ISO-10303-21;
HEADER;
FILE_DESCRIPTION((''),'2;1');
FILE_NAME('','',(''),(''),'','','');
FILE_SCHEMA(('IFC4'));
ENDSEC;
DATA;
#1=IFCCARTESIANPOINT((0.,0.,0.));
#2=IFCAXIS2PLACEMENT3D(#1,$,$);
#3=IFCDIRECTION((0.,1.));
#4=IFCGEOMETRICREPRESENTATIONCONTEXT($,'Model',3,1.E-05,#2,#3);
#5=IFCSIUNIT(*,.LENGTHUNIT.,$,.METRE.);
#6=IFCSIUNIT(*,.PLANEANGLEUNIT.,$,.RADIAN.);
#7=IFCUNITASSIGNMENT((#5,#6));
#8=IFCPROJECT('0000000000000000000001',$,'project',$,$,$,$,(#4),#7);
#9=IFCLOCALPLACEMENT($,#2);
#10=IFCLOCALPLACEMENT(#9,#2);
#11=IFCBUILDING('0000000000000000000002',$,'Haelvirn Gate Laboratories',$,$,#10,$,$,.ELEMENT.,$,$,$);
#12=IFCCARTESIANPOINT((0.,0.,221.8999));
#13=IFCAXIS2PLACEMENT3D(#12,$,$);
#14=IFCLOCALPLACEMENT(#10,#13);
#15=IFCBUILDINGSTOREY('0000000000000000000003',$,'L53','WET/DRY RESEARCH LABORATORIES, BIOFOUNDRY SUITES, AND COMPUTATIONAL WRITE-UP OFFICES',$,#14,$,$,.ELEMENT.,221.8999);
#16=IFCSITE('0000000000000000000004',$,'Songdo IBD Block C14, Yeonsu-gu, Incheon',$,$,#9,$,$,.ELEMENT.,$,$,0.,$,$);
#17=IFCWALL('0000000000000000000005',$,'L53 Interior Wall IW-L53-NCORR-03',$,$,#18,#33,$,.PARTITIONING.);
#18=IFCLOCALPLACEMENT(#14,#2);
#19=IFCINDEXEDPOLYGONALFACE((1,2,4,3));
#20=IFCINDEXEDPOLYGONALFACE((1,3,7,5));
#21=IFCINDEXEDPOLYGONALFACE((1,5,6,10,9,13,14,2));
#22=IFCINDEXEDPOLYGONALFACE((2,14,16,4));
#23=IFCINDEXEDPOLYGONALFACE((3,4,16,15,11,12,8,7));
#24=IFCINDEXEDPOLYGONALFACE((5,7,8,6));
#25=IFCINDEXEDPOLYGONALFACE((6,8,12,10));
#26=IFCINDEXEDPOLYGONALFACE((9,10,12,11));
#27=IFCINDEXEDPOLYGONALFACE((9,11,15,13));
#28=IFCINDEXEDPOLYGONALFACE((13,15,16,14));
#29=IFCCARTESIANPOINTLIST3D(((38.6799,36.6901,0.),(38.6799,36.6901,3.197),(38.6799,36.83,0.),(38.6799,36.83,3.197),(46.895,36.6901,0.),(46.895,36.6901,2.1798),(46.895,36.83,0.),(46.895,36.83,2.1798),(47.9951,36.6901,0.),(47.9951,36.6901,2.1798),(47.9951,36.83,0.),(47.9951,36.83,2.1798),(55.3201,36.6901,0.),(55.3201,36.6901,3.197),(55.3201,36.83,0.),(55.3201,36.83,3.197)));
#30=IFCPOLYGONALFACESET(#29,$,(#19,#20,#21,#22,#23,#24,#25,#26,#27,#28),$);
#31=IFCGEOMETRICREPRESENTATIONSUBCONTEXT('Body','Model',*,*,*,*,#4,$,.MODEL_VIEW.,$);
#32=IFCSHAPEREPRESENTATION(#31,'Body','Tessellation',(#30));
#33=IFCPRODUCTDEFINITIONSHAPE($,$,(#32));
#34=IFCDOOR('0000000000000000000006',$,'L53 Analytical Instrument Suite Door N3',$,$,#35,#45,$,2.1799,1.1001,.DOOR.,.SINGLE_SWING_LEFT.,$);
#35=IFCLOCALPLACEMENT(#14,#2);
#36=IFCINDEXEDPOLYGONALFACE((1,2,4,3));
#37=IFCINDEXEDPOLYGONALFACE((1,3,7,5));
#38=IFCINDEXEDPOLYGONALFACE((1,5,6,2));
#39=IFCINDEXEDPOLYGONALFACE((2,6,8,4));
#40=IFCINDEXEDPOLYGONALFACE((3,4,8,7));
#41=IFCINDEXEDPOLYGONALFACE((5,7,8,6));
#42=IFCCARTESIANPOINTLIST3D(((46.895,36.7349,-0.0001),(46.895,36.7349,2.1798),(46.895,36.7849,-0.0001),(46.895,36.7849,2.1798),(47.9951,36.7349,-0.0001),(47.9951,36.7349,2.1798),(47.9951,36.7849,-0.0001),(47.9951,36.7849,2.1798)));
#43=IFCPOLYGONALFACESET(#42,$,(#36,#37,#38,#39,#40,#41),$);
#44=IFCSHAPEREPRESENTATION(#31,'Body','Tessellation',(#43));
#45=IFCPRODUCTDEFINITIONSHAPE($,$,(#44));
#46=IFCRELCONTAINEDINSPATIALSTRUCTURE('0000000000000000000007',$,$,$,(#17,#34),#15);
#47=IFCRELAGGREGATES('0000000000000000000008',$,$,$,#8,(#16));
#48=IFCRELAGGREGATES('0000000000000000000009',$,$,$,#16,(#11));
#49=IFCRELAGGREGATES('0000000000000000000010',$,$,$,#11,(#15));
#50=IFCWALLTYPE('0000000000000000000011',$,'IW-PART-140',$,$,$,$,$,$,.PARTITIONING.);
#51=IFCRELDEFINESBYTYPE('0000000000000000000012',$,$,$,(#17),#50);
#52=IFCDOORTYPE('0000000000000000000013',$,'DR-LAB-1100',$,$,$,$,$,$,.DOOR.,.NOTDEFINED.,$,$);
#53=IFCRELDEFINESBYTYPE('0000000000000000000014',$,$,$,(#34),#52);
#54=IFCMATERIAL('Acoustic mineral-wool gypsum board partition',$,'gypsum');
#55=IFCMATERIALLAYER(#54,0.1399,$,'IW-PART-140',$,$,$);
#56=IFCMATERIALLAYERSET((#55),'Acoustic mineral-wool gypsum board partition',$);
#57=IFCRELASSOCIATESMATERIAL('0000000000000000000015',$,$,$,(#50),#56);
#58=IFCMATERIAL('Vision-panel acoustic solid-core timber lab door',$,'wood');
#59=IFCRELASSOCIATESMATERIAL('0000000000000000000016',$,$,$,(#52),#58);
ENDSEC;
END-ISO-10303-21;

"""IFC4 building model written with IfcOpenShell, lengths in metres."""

from ifc_helpers import new_model, si_unit, direction, frame, frame_2d, origin, place, context, subcontext, project, spatial, rectangle, extrude, source, transform, mapped, material, layer, layer_set, type_object, type_shapes, element, fill, save


model = new_model("IFC4")

# Units and contexts
model_context = context("Model", 3, precision=1e-05, world=origin(), true_north=direction((0.0, 1.0)))
body_context = subcontext(model_context, "Body", "Model", "MODEL_VIEW")
ifc_project = project(units=[si_unit("LENGTHUNIT", "METRE"), si_unit("PLANEANGLEUNIT", "RADIAN")], contexts=[model_context])

# Site, building, storey
site_placement = place(None, origin())
site = spatial("IfcSite", under=ifc_project, at=site_placement, Name="Songdo IBD Block C14, Yeonsu-gu, Incheon", CompositionType="ELEMENT", RefElevation=0.0)
building_placement = place(site_placement, origin())
building = spatial("IfcBuilding", under=site, at=building_placement, Name="Haelvirn Gate Laboratories", CompositionType="ELEMENT")
storey_placement = place(building_placement, frame((0.0, 0.0, 221.8999)))
storey = spatial("IfcBuildingStorey", under=building, at=storey_placement, Name="L53", Description="WET/DRY RESEARCH LABORATORIES, BIOFOUNDRY SUITES, AND COMPUTATIONAL WRITE-UP OFFICES", CompositionType="ELEMENT", Elevation=221.8999)

# Wall, opening, door
ifc_material_1 = material(Name="Acoustic mineral-wool gypsum board partition", Category="gypsum")
ifc_layer_1 = layer(ifc_material_1, 0.1399, Name="IW-PART-140")
ifc_layer_set_1 = layer_set([ifc_layer_1], Name="Acoustic mineral-wool gypsum board partition")
wall_type_1 = type_object("IfcWallType", Name="IW-PART-140", PredefinedType="PARTITIONING", material=ifc_layer_set_1)
wall_1_placement = place(storey_placement, frame((38.6799, 36.76, 0.0), z_axis=(0.0, 0.0, 1.0), x_axis=(1.0, 0.0, 0.0)))
wall_1 = element("IfcWall", 1, at=wall_1_placement, inside=storey, type_object=wall_type_1, Name="L53 Interior Wall IW-L53-NCORR-03", PredefinedType="PARTITIONING", context=body_context, shape_type="SweptSolid", body=[
    extrude(rectangle(XDim=16.6401, YDim=0.1399, at=frame_2d((8.3201, 0.0))), origin(), (0.0, 0.0, 1.0), 3.197),
])
opening_placement = place(wall_1_placement, frame((8.2151, 0.0, 0.0)))
opening = element("IfcOpeningElement", 2, at=opening_placement, cuts=wall_1, PredefinedType="OPENING", context=body_context, shape_type="SweptSolid", body=[
    extrude(rectangle(XDim=1.1001, YDim=2.1799, at=frame_2d((0.55, 1.0898))), frame((0.0, 0.0801, 0.0), z_axis=(0.0, -1.0, 0.0), x_axis=(1.0, 0.0, 0.0)), (0.0, 0.0, 1.0), 0.1599),
])
ifc_material_2 = material(Name="Vision-panel acoustic solid-core timber lab door", Category="wood")
door_type = type_object("IfcDoorType", Name="DR-LAB-1100", OperationType="NOTDEFINED", PredefinedType="DOOR", material=ifc_material_2)
shared_shape_1 = source(origin(), body_context, "Body", "SweptSolid", [
    extrude(rectangle(XDim=1.1001, YDim=2.1799, at=frame_2d((0.55, 1.0898))), frame((0.0, 0.0249, 0.0), z_axis=(0.0, -1.0, 0.0), x_axis=(1.0, 0.0, 0.0)), (0.0, 0.0, 1.0), 0.05),
])
type_shapes(door_type, [shared_shape_1])
door_placement = place(opening_placement, origin())
door = element("IfcDoor", 3, at=door_placement, inside=storey, type_object=door_type, Name="L53 Analytical Instrument Suite Door N3", OperationType="SINGLE_SWING_LEFT", OverallHeight=2.1799, OverallWidth=1.1001, PredefinedType="DOOR", context=body_context, shape_type="MappedRepresentation", body=[
    mapped(shared_shape_1, transform((0.0, 0.0, 0.0), scale=1.0)),
])
fill(opening, door)

save(model, "model.ifc")
